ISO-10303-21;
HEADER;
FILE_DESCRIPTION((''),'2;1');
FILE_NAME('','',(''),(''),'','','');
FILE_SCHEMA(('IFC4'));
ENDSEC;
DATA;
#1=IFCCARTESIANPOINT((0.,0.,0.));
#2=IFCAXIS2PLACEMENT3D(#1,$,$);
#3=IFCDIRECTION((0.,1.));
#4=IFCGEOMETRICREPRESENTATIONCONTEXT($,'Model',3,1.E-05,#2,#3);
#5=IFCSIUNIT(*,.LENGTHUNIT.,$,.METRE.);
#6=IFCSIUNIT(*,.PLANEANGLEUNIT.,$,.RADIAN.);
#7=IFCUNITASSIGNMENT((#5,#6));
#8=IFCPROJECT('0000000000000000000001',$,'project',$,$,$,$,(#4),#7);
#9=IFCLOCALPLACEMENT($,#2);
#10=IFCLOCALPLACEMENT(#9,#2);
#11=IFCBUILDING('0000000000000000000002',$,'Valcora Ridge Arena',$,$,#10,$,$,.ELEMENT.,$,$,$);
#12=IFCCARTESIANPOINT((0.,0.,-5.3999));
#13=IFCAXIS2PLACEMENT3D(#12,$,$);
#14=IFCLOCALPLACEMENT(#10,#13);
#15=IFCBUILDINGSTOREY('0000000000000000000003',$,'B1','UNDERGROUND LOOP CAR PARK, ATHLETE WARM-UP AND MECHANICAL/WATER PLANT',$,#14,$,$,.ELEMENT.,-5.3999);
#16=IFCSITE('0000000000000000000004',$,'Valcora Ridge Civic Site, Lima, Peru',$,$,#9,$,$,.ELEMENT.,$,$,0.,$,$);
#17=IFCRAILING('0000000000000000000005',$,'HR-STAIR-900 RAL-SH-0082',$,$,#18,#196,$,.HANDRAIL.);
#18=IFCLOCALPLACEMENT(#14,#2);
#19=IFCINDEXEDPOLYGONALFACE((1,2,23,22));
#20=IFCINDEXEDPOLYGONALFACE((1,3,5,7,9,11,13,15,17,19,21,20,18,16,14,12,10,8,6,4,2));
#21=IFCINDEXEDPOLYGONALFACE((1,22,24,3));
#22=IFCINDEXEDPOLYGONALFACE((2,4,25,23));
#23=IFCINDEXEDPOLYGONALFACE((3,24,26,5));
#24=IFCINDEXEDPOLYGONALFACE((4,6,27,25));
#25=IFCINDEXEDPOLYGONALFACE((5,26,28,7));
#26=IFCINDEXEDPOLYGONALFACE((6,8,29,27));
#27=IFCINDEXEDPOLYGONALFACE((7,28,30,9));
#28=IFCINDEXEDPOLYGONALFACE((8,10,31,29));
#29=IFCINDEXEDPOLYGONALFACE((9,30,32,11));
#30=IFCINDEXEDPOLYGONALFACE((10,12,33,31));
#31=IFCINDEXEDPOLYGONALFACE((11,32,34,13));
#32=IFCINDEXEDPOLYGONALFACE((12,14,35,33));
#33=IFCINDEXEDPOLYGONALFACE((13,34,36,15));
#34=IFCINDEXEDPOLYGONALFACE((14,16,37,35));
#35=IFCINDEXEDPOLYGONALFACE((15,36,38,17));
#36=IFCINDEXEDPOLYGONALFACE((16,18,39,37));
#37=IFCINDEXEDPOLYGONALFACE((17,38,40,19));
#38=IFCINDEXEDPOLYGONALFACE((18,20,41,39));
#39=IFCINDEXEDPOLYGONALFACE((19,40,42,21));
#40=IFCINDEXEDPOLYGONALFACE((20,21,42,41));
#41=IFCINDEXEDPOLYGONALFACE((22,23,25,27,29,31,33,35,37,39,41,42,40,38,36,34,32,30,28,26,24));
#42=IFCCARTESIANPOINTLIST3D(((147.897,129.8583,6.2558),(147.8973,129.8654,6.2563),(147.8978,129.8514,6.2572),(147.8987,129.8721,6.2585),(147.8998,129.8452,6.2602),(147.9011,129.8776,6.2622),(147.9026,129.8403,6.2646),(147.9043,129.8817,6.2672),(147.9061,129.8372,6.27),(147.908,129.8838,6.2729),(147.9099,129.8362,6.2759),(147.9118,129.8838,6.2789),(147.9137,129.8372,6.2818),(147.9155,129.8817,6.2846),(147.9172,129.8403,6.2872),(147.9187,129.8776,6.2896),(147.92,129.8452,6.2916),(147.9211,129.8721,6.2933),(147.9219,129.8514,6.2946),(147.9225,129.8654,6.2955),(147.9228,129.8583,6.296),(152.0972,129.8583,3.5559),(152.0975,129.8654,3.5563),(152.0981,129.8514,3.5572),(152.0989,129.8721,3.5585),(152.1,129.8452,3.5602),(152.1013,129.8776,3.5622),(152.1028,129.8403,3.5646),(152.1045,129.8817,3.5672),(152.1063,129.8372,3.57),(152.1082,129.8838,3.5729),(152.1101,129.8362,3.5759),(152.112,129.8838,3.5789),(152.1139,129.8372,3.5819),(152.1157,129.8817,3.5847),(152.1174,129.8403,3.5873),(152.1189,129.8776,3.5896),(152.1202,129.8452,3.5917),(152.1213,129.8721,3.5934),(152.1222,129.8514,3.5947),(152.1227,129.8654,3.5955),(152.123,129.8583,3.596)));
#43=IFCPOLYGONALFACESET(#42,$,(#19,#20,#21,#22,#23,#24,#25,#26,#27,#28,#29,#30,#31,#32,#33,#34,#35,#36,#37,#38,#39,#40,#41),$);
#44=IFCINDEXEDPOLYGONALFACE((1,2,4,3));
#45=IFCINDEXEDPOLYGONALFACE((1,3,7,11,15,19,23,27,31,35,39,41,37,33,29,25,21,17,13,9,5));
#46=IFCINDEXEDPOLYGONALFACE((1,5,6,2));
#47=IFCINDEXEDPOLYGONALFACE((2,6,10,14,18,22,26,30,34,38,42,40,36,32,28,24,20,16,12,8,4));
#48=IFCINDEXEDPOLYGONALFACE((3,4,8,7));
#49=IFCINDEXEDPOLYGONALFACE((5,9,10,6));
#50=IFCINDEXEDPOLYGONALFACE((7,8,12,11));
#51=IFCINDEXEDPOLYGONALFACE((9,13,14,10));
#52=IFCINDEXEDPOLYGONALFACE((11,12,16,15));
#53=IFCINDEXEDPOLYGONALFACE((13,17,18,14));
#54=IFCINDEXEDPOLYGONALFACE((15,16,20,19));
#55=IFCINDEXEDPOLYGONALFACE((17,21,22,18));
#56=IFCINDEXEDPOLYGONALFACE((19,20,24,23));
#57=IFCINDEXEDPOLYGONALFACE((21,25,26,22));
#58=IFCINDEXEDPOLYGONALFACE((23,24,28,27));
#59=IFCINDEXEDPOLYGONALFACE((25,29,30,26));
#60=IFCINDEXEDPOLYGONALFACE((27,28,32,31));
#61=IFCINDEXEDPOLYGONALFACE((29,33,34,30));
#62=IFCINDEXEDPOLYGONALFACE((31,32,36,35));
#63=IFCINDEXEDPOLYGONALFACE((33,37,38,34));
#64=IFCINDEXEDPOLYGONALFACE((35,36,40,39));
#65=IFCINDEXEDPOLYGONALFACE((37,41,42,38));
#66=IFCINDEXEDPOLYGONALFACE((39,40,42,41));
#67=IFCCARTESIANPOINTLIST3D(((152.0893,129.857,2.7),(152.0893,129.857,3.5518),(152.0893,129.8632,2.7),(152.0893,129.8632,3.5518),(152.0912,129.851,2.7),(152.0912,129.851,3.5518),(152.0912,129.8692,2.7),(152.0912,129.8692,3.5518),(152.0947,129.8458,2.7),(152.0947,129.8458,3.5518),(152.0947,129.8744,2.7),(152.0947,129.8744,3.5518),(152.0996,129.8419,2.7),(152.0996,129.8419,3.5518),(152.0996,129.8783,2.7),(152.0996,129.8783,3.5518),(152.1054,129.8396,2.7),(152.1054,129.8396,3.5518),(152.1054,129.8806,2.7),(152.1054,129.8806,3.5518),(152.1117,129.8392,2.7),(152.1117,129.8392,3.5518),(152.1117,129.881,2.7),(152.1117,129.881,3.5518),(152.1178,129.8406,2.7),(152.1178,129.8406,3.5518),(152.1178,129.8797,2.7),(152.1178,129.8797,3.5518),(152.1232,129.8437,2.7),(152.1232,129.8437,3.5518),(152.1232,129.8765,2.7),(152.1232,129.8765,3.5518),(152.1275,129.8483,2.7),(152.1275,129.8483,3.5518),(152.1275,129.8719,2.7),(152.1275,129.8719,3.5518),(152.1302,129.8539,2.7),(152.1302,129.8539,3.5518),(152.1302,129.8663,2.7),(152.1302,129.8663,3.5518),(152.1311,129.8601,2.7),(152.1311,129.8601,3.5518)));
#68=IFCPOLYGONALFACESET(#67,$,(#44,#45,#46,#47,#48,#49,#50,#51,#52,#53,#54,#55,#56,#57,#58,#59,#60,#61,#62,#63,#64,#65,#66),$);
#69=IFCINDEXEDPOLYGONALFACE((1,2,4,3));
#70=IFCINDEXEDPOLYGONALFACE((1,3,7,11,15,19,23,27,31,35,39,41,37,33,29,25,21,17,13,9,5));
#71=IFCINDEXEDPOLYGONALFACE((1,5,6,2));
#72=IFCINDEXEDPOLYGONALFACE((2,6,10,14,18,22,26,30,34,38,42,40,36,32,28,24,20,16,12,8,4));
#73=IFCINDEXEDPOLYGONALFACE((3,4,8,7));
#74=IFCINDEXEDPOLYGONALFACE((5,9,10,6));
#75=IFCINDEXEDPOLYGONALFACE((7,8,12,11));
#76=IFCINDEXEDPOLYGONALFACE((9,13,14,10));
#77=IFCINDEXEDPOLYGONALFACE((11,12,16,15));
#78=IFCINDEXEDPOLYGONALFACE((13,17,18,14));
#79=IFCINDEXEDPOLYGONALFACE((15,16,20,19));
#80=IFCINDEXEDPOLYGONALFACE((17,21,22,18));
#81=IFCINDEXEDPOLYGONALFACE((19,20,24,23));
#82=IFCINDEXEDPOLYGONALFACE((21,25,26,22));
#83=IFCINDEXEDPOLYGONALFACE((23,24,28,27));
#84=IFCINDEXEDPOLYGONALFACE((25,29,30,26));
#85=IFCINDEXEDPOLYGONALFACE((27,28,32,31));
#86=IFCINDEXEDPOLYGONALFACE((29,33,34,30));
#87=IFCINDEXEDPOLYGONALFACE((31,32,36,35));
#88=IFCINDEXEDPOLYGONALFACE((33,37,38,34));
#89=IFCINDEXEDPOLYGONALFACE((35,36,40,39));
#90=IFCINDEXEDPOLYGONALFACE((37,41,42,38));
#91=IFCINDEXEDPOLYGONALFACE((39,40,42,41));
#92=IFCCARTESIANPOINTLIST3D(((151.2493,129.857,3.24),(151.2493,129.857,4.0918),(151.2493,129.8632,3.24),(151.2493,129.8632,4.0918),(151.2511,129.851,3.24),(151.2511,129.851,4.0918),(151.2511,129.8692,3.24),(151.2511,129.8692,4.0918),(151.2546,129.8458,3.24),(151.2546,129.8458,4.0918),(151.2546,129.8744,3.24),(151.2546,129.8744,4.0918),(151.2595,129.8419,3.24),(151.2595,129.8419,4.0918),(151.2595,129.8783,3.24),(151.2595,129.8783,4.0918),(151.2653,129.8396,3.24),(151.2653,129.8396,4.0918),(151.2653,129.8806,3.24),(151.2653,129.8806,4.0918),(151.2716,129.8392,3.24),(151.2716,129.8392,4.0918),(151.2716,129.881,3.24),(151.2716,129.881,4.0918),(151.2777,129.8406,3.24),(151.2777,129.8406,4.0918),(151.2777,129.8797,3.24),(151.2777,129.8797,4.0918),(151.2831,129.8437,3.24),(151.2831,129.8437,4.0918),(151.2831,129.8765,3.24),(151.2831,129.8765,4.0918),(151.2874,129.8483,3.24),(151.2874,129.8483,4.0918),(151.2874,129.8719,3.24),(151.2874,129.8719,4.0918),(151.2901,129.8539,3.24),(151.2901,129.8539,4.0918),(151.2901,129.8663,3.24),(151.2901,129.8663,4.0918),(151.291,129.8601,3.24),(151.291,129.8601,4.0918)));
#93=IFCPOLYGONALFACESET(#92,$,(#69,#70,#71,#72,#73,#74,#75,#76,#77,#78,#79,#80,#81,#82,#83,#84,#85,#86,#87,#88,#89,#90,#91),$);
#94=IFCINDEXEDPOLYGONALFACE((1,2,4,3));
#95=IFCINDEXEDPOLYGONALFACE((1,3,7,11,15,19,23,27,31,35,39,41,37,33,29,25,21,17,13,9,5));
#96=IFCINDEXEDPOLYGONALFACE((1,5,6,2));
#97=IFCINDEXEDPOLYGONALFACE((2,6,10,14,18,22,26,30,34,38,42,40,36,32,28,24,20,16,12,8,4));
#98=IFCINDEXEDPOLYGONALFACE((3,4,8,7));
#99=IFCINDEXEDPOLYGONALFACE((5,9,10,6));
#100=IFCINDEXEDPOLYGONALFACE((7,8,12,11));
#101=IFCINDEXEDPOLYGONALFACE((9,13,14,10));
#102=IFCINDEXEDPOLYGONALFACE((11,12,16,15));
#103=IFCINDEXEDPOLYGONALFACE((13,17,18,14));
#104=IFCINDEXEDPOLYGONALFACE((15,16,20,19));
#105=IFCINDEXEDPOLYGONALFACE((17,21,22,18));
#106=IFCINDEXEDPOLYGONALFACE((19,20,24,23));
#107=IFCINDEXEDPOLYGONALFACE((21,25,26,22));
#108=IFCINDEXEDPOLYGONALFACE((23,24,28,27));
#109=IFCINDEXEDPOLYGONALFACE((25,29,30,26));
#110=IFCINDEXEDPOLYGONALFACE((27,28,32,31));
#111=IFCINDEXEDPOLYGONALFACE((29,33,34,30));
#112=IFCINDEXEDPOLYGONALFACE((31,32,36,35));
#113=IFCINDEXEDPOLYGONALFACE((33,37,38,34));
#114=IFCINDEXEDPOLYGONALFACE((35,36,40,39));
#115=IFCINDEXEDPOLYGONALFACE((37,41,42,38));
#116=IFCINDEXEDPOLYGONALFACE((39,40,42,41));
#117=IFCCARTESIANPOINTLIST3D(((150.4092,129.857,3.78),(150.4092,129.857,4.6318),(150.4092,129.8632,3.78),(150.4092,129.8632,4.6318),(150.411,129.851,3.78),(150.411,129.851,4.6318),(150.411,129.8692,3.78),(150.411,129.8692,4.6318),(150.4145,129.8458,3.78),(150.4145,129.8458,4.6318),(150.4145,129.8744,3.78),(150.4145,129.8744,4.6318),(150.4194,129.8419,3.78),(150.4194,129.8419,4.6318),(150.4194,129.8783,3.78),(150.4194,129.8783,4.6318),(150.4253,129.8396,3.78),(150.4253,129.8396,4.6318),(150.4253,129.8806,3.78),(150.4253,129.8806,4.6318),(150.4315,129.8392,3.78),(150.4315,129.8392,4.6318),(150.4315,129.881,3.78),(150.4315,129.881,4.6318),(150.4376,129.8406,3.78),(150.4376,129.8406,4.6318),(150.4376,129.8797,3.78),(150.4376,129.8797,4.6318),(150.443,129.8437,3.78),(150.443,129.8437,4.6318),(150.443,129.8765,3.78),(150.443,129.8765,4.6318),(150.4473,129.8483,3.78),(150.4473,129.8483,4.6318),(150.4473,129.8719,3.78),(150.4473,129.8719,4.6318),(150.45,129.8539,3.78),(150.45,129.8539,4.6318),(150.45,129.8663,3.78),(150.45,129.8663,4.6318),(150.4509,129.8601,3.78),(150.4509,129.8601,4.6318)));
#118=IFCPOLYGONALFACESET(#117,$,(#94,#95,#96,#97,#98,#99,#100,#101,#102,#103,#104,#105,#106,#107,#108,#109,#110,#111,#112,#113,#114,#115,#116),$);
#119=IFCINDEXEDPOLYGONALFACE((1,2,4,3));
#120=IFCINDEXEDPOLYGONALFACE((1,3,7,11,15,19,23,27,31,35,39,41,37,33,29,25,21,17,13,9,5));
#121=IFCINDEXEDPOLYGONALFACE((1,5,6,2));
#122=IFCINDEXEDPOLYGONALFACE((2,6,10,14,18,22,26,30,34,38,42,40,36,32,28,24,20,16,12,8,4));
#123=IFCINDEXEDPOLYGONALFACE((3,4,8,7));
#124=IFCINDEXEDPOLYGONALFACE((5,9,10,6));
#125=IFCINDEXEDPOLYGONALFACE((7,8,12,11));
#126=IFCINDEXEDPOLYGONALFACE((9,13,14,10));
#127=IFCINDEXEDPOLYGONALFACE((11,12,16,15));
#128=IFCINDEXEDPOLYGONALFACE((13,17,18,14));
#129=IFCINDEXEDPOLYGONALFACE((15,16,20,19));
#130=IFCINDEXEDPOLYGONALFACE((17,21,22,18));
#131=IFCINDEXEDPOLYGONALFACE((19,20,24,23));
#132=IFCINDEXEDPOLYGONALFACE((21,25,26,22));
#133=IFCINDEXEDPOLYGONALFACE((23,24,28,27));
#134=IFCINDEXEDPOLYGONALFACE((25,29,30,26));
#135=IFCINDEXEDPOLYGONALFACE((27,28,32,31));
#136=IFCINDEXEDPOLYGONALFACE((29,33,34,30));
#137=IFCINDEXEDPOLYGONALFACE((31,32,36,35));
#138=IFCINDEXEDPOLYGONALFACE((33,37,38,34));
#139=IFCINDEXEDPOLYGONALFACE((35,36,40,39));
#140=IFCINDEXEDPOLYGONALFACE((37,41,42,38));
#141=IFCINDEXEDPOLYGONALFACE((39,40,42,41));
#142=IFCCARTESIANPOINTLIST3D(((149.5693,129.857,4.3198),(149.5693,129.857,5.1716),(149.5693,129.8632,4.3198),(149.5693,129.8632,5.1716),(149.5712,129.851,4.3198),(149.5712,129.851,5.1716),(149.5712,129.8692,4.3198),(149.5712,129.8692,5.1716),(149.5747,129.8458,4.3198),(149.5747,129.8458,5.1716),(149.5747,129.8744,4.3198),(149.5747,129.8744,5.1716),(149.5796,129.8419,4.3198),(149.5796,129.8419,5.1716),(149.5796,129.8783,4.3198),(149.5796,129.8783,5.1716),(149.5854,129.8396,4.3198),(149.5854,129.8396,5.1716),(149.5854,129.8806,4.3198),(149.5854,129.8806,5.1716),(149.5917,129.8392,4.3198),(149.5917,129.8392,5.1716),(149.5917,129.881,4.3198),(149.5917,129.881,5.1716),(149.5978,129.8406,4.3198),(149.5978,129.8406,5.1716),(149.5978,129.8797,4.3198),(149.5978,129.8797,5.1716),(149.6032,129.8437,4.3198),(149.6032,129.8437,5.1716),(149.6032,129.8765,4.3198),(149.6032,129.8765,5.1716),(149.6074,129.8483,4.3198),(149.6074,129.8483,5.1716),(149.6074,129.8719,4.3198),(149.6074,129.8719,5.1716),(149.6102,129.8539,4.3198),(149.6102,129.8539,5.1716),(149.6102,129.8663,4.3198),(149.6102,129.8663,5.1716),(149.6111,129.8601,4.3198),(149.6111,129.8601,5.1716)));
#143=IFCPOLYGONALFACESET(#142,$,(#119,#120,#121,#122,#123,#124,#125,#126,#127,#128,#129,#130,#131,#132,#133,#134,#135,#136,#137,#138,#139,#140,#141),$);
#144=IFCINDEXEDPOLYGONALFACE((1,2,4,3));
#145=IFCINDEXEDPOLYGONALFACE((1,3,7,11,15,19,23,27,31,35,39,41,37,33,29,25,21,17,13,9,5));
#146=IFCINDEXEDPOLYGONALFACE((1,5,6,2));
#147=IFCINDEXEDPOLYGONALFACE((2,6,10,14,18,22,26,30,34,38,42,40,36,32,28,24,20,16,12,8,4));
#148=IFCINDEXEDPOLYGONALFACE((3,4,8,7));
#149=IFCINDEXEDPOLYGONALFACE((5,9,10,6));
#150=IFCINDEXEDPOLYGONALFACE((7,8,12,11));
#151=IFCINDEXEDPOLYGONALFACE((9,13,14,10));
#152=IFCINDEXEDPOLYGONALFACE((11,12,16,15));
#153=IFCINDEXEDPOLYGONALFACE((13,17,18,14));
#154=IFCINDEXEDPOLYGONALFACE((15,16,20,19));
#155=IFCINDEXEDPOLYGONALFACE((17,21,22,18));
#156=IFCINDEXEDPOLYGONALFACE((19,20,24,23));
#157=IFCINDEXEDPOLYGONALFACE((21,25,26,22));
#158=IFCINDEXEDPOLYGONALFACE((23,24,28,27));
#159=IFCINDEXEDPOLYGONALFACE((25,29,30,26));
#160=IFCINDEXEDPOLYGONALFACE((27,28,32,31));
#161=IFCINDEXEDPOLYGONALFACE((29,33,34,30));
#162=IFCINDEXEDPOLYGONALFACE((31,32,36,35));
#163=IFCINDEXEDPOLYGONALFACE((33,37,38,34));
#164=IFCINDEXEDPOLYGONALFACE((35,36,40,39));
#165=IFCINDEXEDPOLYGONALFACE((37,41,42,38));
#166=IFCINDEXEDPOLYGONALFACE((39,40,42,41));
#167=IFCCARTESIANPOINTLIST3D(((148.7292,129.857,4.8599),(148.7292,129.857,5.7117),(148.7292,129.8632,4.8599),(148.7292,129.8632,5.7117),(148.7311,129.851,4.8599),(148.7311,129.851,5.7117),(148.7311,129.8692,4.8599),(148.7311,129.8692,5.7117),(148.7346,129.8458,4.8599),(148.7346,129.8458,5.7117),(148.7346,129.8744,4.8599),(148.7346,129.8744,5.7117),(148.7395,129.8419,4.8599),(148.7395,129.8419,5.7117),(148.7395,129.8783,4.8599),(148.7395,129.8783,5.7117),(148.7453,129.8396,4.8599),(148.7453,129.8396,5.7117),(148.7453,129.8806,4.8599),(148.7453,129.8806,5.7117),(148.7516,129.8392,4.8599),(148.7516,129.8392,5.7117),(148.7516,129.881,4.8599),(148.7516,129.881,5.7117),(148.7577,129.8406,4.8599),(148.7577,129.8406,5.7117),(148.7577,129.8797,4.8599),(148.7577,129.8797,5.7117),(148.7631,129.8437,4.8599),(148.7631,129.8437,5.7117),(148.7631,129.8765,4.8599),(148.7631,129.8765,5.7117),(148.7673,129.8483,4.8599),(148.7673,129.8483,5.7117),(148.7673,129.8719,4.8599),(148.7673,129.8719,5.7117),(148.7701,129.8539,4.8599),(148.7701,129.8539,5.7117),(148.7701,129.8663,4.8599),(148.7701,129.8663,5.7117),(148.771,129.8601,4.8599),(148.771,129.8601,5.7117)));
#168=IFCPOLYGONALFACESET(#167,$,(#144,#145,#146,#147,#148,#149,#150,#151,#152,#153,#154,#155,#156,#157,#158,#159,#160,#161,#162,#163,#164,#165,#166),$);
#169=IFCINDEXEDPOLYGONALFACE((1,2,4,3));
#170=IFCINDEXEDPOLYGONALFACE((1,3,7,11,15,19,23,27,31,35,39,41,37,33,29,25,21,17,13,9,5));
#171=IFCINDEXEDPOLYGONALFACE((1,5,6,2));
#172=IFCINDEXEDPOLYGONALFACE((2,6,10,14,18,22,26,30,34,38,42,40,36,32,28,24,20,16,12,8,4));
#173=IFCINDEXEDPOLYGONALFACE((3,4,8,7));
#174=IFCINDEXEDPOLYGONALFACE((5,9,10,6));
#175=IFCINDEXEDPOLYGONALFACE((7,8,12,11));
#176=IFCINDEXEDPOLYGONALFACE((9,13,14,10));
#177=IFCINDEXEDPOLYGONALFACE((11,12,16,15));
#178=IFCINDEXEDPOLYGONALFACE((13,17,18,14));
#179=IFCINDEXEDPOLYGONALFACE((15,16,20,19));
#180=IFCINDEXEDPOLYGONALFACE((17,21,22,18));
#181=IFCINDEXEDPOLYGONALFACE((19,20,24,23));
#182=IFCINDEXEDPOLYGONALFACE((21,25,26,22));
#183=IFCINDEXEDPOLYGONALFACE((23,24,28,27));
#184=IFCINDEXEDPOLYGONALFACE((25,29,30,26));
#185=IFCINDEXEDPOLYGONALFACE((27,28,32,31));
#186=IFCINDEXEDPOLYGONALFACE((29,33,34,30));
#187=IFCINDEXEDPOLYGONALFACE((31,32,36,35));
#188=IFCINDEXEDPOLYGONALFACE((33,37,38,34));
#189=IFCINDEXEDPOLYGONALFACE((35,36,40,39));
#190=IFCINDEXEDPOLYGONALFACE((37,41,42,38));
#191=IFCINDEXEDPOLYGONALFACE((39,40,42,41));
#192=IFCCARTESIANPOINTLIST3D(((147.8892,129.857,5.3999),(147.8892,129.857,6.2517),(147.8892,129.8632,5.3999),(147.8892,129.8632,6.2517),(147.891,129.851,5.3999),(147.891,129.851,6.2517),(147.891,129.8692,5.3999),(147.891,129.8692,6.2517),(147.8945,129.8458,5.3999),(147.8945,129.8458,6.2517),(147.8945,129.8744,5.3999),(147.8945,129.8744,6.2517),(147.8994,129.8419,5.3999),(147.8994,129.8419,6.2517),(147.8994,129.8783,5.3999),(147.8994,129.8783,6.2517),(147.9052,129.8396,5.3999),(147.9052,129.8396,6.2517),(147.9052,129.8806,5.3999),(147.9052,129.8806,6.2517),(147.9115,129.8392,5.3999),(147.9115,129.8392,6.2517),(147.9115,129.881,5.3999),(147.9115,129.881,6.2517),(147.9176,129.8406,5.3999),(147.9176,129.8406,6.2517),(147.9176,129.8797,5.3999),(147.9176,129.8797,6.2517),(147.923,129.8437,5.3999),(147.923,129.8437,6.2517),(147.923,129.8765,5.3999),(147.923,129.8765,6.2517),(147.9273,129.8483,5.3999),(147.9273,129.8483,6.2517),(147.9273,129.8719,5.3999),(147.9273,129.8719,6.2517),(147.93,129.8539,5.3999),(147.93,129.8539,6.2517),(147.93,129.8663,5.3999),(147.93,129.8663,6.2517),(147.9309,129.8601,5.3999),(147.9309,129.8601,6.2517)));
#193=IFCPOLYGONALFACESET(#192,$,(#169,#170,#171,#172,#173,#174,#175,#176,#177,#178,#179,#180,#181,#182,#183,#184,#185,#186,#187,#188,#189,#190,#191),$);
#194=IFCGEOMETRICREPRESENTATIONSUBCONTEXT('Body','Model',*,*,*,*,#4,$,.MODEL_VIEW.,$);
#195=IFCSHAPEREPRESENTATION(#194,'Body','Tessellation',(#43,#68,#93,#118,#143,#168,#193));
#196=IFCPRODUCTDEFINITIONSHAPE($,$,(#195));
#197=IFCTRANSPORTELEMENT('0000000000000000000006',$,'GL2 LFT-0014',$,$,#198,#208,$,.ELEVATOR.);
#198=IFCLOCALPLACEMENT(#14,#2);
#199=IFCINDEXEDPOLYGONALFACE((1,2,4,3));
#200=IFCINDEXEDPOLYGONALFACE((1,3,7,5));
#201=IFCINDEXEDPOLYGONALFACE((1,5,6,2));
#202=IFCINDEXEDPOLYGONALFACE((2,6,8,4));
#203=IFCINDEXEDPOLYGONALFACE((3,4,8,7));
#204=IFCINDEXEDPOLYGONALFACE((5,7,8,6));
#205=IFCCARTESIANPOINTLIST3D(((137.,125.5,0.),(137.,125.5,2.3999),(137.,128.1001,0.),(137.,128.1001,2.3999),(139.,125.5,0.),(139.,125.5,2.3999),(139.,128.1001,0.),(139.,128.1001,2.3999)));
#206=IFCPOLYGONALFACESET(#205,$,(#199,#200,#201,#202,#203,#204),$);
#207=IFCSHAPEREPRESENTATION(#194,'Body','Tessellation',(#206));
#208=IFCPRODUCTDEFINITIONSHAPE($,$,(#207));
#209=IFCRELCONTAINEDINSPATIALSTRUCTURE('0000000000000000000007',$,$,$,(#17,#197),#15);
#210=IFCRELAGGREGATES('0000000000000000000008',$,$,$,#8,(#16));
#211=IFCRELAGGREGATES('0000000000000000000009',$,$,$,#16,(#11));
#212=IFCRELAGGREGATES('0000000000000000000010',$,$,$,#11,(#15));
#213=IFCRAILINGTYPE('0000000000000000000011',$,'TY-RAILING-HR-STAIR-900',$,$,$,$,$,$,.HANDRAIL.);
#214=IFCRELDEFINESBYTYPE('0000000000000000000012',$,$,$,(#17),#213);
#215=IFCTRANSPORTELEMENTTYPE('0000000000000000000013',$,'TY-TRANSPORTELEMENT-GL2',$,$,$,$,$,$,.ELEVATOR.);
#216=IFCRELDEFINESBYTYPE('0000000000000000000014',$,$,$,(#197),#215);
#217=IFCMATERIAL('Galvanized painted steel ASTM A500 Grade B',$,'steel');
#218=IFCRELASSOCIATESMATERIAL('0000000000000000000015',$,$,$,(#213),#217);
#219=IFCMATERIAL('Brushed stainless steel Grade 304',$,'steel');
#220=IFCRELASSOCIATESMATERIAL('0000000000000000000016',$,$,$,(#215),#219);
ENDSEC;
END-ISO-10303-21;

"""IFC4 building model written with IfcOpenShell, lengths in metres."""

from ifc_helpers import new_model, si_unit, direction, frame, origin, origin_2d, place, context, subcontext, project, spatial, rectangle, circle, extrude, material, type_object, element, save


model = new_model("IFC4")

# Units and contexts
model_context = context("Model", 3, precision=1e-05, world=origin(), true_north=direction((0.0, 1.0)))
body_context = subcontext(model_context, "Body", "Model", "MODEL_VIEW")
ifc_project = project(units=[si_unit("LENGTHUNIT", "METRE"), si_unit("PLANEANGLEUNIT", "RADIAN")], contexts=[model_context])

# Site, building, storey
site_placement = place(None, origin())
site = spatial("IfcSite", under=ifc_project, at=site_placement, Name="Valcora Ridge Civic Site, Lima, Peru", CompositionType="ELEMENT", RefElevation=0.0)
building_placement = place(site_placement, origin())
building = spatial("IfcBuilding", under=site, at=building_placement, Name="Valcora Ridge Arena", CompositionType="ELEMENT")
storey_placement = place(building_placement, frame((0.0, 0.0, -5.3999)))
storey = spatial("IfcBuildingStorey", under=building, at=storey_placement, Name="B1", Description="UNDERGROUND LOOP CAR PARK, ATHLETE WARM-UP AND MECHANICAL/WATER PLANT", CompositionType="ELEMENT", Elevation=-5.3999)

# Railing
ifc_material_1 = material(Name="Galvanized painted steel ASTM A500 Grade B", Category="steel")
railing_type_1 = type_object("IfcRailingType", Name="TY-RAILING-HR-STAIR-900", PredefinedType="HANDRAIL", material=ifc_material_1)
railing_1_placement = place(storey_placement, frame((152.1101, 129.8601, 2.7)))
element("IfcRailing", 1, at=railing_1_placement, inside=storey, type_object=railing_type_1, Name="HR-STAIR-900 RAL-SH-0082", PredefinedType="HANDRAIL", context=body_context, shape_type="SweptSolid", body=[
    extrude(circle(Radius=0.0239, at=origin_2d()), frame((0.0, 0.0, 0.876), z_axis=(-0.841194, 0.0, 0.540733), x_axis=(0.0, -1.0, 0.0)), (0.0, 0.0, 1.0), 4.9932),
    extrude(circle(Radius=0.021, at=origin_2d()), origin(), (0.0, 0.0, 1.0), 0.8518),
    extrude(circle(Radius=0.021, at=origin_2d()), frame((-0.8401, 0.0, 0.54)), (0.0, 0.0, 1.0), 0.8518),
    extrude(circle(Radius=0.021, at=origin_2d()), frame((-1.6802, 0.0, 1.0801)), (0.0, 0.0, 1.0), 0.8518),
    extrude(circle(Radius=0.021, at=origin_2d()), frame((-2.52, 0.0, 1.6199)), (0.0, 0.0, 1.0), 0.8518),
    extrude(circle(Radius=0.021, at=origin_2d()), frame((-3.3601, 0.0, 2.1599)), (0.0, 0.0, 1.0), 0.8518),
    extrude(circle(Radius=0.021, at=origin_2d()), frame((-4.2002, 0.0, 2.7)), (0.0, 0.0, 1.0), 0.8518),
])

# Transport element
ifc_material_2 = material(Name="Brushed stainless steel Grade 304", Category="steel")
transport_element_type = type_object("IfcTransportElementType", Name="TY-TRANSPORTELEMENT-GL2", PredefinedType="ELEVATOR", material=ifc_material_2)
transport_element_placement = place(storey_placement, frame((138.0, 126.8, 0.0), z_axis=(0.0, 0.0, 1.0), x_axis=(1.0, 0.0, 0.0)))
element("IfcTransportElement", 2, at=transport_element_placement, inside=storey, type_object=transport_element_type, Name="GL2 LFT-0014", PredefinedType="ELEVATOR", context=body_context, shape_type="SweptSolid", body=[
    extrude(rectangle(XDim=2.0, YDim=2.6001, at=origin_2d()), origin(), (0.0, 0.0, 1.0), 2.3999),
])

save(model, "model.ifc")
